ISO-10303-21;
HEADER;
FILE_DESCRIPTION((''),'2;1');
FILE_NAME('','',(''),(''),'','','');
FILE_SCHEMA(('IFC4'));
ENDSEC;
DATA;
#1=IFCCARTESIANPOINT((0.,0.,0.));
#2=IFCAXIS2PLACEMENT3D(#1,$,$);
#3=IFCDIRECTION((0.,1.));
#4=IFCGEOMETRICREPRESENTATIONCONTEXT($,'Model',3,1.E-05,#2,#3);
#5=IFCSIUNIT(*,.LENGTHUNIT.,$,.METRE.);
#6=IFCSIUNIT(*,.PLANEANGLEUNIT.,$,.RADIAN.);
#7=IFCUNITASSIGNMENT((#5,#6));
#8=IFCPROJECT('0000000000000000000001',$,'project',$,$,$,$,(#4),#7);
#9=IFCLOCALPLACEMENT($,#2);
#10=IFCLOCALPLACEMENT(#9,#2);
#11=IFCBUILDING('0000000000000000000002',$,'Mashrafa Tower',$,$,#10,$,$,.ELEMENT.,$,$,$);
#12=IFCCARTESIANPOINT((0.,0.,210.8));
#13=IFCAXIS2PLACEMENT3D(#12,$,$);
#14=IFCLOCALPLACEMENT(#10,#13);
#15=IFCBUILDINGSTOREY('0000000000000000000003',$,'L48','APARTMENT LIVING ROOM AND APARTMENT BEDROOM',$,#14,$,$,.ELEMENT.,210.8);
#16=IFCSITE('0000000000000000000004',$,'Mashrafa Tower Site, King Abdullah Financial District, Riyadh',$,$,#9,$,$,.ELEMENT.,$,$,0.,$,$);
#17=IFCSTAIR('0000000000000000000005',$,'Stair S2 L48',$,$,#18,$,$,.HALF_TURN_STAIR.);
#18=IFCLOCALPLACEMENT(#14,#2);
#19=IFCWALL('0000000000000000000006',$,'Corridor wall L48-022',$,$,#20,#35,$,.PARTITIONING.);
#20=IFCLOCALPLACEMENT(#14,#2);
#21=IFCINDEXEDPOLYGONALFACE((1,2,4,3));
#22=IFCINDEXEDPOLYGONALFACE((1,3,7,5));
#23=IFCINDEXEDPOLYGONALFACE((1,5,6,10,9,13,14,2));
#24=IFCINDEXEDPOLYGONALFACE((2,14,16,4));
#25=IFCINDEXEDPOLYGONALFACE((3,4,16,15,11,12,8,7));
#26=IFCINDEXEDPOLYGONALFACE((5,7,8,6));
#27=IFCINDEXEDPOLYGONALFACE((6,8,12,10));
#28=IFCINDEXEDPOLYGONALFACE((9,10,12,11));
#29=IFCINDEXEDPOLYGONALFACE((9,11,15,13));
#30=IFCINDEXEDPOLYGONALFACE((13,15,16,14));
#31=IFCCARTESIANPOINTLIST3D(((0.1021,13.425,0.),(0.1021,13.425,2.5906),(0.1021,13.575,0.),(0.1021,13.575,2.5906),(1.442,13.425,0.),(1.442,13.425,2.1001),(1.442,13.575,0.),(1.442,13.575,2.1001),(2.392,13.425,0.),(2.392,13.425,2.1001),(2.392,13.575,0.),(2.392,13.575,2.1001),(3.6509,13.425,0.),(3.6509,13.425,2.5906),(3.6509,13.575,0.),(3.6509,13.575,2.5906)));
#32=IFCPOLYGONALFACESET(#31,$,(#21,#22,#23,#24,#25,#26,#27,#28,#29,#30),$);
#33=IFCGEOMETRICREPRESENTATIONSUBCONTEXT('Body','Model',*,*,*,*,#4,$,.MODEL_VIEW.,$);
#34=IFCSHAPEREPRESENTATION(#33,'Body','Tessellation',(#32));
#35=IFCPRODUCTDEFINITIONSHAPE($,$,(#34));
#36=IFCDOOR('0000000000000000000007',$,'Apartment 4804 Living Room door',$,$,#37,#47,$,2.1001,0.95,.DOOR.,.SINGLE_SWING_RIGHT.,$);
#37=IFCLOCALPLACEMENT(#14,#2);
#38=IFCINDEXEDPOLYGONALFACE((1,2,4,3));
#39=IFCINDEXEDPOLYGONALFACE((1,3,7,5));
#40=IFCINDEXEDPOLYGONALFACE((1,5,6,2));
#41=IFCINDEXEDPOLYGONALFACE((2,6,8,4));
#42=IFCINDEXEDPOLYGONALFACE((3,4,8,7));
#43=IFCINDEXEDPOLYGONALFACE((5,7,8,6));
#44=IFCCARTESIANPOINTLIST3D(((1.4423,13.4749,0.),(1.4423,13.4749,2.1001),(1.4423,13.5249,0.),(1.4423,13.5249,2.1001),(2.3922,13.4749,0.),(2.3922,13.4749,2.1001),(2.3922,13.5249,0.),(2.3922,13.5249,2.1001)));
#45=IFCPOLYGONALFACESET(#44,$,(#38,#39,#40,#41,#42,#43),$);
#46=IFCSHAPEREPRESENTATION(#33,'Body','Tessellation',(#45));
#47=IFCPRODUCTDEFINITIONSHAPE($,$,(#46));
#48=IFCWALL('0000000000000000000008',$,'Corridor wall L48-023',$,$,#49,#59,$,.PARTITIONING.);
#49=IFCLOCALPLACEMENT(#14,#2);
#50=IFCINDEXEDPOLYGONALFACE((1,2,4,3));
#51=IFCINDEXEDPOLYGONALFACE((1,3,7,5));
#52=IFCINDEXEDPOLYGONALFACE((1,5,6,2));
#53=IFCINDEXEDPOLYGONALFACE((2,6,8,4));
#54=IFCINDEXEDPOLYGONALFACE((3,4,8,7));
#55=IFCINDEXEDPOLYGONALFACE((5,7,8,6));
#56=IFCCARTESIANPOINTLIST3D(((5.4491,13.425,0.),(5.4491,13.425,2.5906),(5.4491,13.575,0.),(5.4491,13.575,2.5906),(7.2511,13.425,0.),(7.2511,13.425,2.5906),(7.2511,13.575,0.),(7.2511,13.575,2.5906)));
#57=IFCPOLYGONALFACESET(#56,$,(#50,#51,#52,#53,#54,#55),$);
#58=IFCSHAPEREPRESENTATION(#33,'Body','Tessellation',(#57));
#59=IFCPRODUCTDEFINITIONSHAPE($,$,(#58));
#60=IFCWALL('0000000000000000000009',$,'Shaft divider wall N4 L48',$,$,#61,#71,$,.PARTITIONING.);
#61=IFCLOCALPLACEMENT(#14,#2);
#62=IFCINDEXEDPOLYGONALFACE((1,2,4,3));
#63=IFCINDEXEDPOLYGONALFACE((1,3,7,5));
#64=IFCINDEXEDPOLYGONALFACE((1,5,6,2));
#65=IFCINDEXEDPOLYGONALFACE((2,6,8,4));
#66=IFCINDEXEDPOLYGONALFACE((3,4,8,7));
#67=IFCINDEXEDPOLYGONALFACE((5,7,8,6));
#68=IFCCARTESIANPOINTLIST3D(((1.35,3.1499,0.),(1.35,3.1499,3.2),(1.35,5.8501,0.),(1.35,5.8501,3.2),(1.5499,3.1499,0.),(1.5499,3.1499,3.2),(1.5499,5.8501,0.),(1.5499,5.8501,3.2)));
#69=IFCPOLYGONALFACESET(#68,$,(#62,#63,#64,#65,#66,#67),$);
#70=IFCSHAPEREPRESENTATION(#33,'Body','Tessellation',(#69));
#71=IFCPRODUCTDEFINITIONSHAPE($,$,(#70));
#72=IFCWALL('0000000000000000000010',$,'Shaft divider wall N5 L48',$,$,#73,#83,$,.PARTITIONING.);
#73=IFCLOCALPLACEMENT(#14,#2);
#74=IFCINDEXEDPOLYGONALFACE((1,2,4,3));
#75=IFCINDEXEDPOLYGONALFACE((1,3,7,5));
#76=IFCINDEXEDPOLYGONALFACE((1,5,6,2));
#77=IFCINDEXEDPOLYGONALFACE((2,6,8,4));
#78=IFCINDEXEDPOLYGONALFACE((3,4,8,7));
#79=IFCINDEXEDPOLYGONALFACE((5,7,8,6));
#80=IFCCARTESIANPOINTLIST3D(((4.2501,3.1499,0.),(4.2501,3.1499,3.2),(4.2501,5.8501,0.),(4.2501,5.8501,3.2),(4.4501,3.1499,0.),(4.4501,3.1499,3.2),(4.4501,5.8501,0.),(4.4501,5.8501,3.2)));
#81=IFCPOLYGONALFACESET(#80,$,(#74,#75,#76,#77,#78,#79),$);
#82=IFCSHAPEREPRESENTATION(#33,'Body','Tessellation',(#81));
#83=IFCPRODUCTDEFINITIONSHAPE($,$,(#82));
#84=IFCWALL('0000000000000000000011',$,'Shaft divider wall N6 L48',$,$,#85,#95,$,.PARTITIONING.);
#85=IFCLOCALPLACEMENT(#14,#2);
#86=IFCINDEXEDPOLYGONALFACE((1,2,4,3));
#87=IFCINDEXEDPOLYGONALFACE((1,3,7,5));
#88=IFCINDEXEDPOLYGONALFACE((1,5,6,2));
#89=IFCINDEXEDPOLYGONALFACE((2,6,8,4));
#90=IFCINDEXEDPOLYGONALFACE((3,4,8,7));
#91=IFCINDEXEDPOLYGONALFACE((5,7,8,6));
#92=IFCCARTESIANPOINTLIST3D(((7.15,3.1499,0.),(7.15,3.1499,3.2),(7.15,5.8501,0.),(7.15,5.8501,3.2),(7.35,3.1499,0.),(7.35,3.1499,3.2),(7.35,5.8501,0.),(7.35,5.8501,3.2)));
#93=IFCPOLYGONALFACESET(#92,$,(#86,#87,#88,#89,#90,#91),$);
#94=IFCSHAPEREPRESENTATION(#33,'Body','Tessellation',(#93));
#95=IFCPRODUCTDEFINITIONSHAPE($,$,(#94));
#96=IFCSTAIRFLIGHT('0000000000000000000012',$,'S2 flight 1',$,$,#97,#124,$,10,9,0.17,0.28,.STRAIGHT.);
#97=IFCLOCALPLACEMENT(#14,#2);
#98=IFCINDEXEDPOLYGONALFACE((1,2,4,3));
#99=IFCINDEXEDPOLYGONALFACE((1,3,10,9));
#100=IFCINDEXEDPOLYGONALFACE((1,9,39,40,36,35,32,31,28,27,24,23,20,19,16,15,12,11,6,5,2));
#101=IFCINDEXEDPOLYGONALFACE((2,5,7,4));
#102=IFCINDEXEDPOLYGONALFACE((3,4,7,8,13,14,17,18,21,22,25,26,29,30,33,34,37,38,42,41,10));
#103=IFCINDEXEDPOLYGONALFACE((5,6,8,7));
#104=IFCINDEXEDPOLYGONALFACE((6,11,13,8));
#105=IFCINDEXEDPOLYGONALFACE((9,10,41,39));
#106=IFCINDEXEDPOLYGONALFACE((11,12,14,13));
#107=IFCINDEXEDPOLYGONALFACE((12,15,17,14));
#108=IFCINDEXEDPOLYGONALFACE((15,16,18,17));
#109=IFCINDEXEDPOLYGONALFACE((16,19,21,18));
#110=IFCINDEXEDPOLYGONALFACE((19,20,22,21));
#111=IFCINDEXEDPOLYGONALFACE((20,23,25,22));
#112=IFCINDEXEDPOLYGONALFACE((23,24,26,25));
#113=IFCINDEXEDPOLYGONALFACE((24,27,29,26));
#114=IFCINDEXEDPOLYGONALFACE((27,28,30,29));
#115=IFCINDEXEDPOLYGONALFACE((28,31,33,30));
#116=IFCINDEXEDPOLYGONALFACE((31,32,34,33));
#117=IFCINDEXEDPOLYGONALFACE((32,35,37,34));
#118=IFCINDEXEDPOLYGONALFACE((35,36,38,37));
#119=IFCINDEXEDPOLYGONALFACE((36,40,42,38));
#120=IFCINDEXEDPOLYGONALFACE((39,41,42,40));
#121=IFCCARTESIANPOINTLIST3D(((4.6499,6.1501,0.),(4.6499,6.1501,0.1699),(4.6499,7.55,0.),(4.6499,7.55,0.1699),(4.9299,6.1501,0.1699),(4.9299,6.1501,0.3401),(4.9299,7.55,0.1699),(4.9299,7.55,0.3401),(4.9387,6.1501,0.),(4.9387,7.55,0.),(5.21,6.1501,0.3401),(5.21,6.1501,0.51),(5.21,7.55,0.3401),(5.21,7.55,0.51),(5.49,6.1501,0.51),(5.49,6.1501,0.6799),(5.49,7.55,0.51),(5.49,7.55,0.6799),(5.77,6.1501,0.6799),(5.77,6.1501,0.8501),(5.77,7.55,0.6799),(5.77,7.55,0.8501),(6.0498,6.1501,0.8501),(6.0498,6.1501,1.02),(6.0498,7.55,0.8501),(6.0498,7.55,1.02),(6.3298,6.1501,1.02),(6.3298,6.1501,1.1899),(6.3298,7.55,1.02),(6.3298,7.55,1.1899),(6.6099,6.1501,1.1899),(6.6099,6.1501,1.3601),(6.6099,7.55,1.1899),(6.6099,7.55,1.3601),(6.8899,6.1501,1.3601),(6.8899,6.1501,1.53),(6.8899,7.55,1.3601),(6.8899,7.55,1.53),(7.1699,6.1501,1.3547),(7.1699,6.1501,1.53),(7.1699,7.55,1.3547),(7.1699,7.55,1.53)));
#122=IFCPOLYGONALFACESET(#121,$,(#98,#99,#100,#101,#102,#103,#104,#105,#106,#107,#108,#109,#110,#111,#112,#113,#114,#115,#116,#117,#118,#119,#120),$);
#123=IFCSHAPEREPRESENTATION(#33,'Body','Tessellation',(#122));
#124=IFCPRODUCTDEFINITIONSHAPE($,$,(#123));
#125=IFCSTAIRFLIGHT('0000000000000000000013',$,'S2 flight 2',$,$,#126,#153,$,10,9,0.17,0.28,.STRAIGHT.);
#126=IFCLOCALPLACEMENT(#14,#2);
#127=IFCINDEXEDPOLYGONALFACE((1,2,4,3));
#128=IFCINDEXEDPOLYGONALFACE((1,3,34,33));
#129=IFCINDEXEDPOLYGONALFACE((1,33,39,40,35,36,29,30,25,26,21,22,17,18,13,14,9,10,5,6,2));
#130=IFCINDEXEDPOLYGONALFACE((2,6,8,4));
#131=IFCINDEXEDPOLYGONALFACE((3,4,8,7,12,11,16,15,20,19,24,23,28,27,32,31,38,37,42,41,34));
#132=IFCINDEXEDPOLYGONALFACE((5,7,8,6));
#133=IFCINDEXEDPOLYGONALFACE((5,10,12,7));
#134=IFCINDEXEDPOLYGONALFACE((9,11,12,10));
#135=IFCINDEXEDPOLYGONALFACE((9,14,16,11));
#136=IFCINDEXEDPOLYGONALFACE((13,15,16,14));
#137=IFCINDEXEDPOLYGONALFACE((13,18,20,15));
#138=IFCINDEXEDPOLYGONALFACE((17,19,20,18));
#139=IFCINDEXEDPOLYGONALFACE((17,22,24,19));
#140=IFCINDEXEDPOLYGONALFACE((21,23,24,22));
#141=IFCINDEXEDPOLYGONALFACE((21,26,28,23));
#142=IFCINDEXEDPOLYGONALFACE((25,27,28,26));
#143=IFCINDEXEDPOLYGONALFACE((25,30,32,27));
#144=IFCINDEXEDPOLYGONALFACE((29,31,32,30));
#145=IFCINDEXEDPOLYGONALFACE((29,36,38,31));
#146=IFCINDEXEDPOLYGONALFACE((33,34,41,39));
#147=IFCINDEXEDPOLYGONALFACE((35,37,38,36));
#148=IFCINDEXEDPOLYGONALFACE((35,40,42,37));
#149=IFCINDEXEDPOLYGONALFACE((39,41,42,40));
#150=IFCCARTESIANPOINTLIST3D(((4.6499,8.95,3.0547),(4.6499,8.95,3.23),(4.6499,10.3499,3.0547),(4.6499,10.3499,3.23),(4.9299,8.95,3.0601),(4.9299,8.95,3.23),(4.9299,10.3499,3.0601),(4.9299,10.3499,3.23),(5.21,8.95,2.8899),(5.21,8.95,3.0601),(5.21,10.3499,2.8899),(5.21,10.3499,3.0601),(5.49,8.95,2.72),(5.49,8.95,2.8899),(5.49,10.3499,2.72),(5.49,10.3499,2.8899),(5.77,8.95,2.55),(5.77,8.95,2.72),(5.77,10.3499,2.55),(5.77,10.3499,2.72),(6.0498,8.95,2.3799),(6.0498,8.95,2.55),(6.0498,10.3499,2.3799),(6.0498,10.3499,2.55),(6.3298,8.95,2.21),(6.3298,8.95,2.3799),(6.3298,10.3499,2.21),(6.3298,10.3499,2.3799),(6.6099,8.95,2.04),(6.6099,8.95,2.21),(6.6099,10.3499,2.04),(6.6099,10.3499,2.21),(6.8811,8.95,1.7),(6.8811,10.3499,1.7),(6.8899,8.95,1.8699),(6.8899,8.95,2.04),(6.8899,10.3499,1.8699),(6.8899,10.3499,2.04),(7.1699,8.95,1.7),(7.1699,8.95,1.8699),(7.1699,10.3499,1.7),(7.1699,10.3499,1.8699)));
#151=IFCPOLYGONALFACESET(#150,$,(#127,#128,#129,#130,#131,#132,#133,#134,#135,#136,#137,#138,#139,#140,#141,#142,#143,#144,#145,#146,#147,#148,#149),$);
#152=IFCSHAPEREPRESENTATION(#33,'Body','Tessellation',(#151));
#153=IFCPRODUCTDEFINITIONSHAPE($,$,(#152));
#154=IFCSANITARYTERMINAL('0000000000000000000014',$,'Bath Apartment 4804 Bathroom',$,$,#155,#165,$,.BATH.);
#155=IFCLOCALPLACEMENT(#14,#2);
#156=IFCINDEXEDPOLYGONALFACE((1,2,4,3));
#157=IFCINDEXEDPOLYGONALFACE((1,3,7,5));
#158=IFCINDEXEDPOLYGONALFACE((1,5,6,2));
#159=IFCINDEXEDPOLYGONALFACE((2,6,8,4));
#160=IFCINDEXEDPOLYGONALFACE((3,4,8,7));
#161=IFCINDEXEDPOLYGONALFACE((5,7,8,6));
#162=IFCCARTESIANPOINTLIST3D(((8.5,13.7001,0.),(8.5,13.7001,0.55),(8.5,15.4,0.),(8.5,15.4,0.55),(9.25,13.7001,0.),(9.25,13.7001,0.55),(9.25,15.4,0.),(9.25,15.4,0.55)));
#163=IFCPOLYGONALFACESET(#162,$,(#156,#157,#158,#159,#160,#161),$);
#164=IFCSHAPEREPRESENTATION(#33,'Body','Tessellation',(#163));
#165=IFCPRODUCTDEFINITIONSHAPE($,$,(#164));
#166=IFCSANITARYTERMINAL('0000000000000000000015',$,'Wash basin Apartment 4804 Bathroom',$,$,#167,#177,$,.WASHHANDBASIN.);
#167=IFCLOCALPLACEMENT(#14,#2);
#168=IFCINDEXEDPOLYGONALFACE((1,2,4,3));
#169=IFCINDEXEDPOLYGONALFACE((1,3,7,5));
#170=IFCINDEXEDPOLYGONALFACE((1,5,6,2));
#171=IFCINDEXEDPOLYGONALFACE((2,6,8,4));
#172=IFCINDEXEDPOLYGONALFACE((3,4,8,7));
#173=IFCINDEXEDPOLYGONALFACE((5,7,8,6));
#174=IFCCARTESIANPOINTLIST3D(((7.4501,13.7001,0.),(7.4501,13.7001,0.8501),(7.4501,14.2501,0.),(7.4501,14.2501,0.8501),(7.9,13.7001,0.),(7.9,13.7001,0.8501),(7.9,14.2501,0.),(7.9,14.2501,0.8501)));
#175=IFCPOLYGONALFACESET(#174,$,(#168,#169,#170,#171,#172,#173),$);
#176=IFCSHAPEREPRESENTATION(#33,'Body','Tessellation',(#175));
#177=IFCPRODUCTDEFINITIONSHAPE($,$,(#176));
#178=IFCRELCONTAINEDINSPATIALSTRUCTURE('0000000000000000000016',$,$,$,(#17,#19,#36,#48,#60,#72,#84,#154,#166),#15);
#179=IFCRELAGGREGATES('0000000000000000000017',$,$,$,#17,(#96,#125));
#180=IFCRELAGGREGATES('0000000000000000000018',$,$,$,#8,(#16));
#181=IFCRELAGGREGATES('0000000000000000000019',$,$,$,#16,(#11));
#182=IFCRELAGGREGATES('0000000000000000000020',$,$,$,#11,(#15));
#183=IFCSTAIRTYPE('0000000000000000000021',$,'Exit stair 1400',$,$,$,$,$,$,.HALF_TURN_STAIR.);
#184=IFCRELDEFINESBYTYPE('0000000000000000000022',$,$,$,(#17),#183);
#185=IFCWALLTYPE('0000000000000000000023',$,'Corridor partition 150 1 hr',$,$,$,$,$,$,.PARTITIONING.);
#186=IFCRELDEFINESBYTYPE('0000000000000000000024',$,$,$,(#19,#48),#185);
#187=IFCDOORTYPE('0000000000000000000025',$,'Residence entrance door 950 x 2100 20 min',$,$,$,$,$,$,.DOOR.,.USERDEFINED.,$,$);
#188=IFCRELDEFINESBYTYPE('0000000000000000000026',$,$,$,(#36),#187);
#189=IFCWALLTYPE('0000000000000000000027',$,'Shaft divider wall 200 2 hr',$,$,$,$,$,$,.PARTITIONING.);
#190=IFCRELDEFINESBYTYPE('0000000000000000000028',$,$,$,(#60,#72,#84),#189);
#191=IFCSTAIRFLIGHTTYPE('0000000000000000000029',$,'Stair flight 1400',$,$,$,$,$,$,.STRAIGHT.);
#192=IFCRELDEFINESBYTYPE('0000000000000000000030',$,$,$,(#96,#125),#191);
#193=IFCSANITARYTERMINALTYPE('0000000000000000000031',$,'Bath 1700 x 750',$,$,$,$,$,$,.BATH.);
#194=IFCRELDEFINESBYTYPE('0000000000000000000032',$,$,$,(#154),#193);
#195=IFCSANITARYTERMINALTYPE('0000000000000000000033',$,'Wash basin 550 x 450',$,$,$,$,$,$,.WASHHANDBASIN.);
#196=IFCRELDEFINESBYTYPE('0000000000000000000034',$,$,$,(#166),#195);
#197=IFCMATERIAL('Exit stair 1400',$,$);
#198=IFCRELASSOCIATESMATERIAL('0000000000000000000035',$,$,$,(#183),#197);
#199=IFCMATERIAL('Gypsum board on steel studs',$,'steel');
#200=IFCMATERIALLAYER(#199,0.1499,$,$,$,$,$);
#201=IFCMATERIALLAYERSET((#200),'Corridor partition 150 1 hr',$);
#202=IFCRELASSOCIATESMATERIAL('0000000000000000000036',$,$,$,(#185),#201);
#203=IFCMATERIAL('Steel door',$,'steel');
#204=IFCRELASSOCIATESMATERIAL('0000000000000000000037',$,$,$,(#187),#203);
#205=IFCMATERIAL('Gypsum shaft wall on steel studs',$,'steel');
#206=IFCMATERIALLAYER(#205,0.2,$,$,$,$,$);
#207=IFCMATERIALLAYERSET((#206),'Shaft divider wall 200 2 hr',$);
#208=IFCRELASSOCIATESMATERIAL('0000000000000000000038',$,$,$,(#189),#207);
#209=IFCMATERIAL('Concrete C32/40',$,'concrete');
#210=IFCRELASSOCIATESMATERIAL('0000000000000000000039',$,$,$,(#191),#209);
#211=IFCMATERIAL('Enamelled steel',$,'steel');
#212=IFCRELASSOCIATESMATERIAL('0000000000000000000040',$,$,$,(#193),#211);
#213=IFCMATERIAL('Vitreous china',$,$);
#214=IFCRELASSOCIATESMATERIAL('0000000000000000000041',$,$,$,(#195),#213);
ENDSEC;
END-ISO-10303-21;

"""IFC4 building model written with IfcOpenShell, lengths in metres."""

from ifc_helpers import new_model, si_unit, direction, frame, frame_2d, origin, origin_2d, place, context, subcontext, project, spatial, polyline, rectangle, outline, extrude, material, layer, layer_set, type_object, element, fill, aggregate, save


model = new_model("IFC4")

# Units and contexts
model_context = context("Model", 3, precision=1e-05, world=origin(), true_north=direction((0.0, 1.0)))
body_context = subcontext(model_context, "Body", "Model", "MODEL_VIEW")
ifc_project = project(units=[si_unit("LENGTHUNIT", "METRE"), si_unit("PLANEANGLEUNIT", "RADIAN")], contexts=[model_context])

# Site, building, storey
site_placement = place(None, origin())
site = spatial("IfcSite", under=ifc_project, at=site_placement, Name="Mashrafa Tower Site, King Abdullah Financial District, Riyadh", CompositionType="ELEMENT", RefElevation=0.0)
building_placement = place(site_placement, origin())
building = spatial("IfcBuilding", under=site, at=building_placement, Name="Mashrafa Tower", CompositionType="ELEMENT")
storey_placement = place(building_placement, frame((0.0, 0.0, 210.8)))
storey = spatial("IfcBuildingStorey", under=building, at=storey_placement, Name="L48", Description="APARTMENT LIVING ROOM AND APARTMENT BEDROOM", CompositionType="ELEMENT", Elevation=210.8)

# Shared definitions
ifc_material_1 = material(Name="Exit stair 1400")
stair_type = type_object("IfcStairType", Name="Exit stair 1400", PredefinedType="HALF_TURN_STAIR", material=ifc_material_1)

# Stair
stair_1_placement = place(storey_placement, origin())
stair_1 = element("IfcStair", 1, at=stair_1_placement, inside=storey, type_object=stair_type, Name="Stair S2 L48", PredefinedType="HALF_TURN_STAIR")

# Shared definitions
ifc_material_2 = material(Name="Gypsum board on steel studs", Category="steel")
ifc_layer_1 = layer(ifc_material_2, 0.1499)
ifc_layer_set_1 = layer_set([ifc_layer_1], Name="Corridor partition 150 1 hr")
wall_type_1 = type_object("IfcWallType", Name="Corridor partition 150 1 hr", PredefinedType="PARTITIONING", material=ifc_layer_set_1)

# Wall, opening, door
wall_1_placement = place(storey_placement, frame((3.6509, 13.5, 0.0), z_axis=(0.0, 0.0, 1.0), x_axis=(-1.0, 0.0, 0.0)))
wall_1 = element("IfcWall", 2, at=wall_1_placement, inside=storey, type_object=wall_type_1, Name="Corridor wall L48-022", PredefinedType="PARTITIONING", context=body_context, shape_type="SweptSolid", body=[
    extrude(rectangle(XDim=3.5488, YDim=0.1499, at=frame_2d((1.7744, 0.0))), origin(), (0.0, 0.0, 1.0), 2.5906),
])
opening_1_placement = place(wall_1_placement, frame((1.2588, 0.0, 0.0)))
opening_1 = element("IfcOpeningElement", 3, at=opening_1_placement, cuts=wall_1, PredefinedType="OPENING", context=body_context, shape_type="SweptSolid", body=[
    extrude(rectangle(XDim=0.95, YDim=2.1001, at=frame_2d((0.4751, 1.05))), frame((0.0, 0.085, 0.0), z_axis=(0.0, -1.0, 0.0), x_axis=(1.0, 0.0, 0.0)), (0.0, 0.0, 1.0), 0.1699),
])
ifc_material_3 = material(Name="Steel door", Category="steel")
door_type_1 = type_object("IfcDoorType", Name="Residence entrance door 950 x 2100 20 min", OperationType="USERDEFINED", PredefinedType="DOOR", material=ifc_material_3)
door_1_placement = place(opening_1_placement, frame((0.95, 0.0, 0.0), z_axis=(0.0, 0.0, 1.0), x_axis=(-1.0, 0.0, 0.0)))
door_1 = element("IfcDoor", 4, at=door_1_placement, inside=storey, type_object=door_type_1, Name="Apartment 4804 Living Room door", OperationType="SINGLE_SWING_RIGHT", OverallHeight=2.1001, OverallWidth=0.95, PredefinedType="DOOR", context=body_context, shape_type="SweptSolid", body=[
    extrude(rectangle(XDim=0.95, YDim=2.1001, at=frame_2d((0.4751, 1.05))), frame((0.0, 0.0249, 0.0), z_axis=(0.0, -1.0, 0.0), x_axis=(1.0, 0.0, 0.0)), (0.0, 0.0, 1.0), 0.05),
])
fill(opening_1, door_1)

# Walls
wall_2_placement = place(storey_placement, frame((7.251, 13.5, 0.0), z_axis=(0.0, 0.0, 1.0), x_axis=(-1.0, 0.0, 0.0)))
element("IfcWall", 5, at=wall_2_placement, inside=storey, type_object=wall_type_1, Name="Corridor wall L48-023", PredefinedType="PARTITIONING", context=body_context, shape_type="SweptSolid", body=[
    extrude(rectangle(XDim=1.802, YDim=0.1499, at=frame_2d((0.9009, 0.0))), origin(), (0.0, 0.0, 1.0), 2.5906),
])
ifc_material_4 = material(Name="Gypsum shaft wall on steel studs", Category="steel")
ifc_layer_2 = layer(ifc_material_4, 0.2)
ifc_layer_set_2 = layer_set([ifc_layer_2], Name="Shaft divider wall 200 2 hr")
wall_type_2 = type_object("IfcWallType", Name="Shaft divider wall 200 2 hr", PredefinedType="PARTITIONING", material=ifc_layer_set_2)
for number, where, z_axis, x_axis, name in (
    (6, (1.45, 3.1499, 0.0), (0.0, 0.0, 1.0), (0.0, 1.0, 0.0), "Shaft divider wall N4 L48"),
    (7, (4.3501, 3.1499, 0.0), (0.0, 0.0, 1.0), (0.0, 1.0, 0.0), "Shaft divider wall N5 L48"),
    (8, (7.25, 3.1499, 0.0), (0.0, 0.0, 1.0), (0.0, 1.0, 0.0), "Shaft divider wall N6 L48"),
):
    element("IfcWall", number, at=place(storey_placement, frame(where, z_axis=z_axis, x_axis=x_axis)), inside=storey, type_object=wall_type_2, Name=name, PredefinedType="PARTITIONING", context=body_context, shape_type="SweptSolid", body=[
        extrude(rectangle(XDim=2.7002, YDim=0.2, at=frame_2d((1.3501, 0.0))), origin(), (0.0, 0.0, 1.0), 3.2),
    ])

# Stair flights
ifc_material_5 = material(Name="Concrete C32/40", Category="concrete")
stair_flight_type = type_object("IfcStairFlightType", Name="Stair flight 1400", PredefinedType="STRAIGHT", material=ifc_material_5)
stair_flight_1_placement = place(storey_placement, frame((4.6499, 6.8501, 0.0), z_axis=(0.0, 0.0, 1.0), x_axis=(1.0, 0.0, 0.0)))
stair_flight_1 = element("IfcStairFlight", 9, at=stair_flight_1_placement, type_object=stair_flight_type, Name="S2 flight 1", NumberOfRisers=10, NumberOfTreads=9, PredefinedType="STRAIGHT", RiserHeight=0.17, TreadLength=0.28, context=body_context, shape_type="SweptSolid", body=[
    extrude(outline(polyline([(0.0, 0.0), (0.0, 0.1699), (0.28, 0.1699), (0.28, 0.3401), (0.5601, 0.3401), (0.5601, 0.51), (0.8401, 0.51), (0.8401, 0.6799), (1.1201, 0.6799), (1.1201, 0.8501), (1.3999, 0.8501), (1.3999, 1.02), (1.6799, 1.02), (1.6799, 1.1899), (1.96, 1.1899), (1.96, 1.3601), (2.24, 1.3601), (2.24, 1.53), (2.52, 1.53), (2.52, 1.7), (2.52, 1.3547), (0.2888, 0.0), (0.0, 0.0)])), frame((0.0, 0.7, 0.0), z_axis=(0.0, -1.0, 0.0), x_axis=(1.0, 0.0, 0.0)), (0.0, 0.0, 1.0), 1.3999),
])
stair_flight_2_placement = place(storey_placement, frame((7.1699, 9.6499, 1.7), z_axis=(0.0, 0.0, 1.0), x_axis=(-1.0, 0.0, 0.0)))
stair_flight_2 = element("IfcStairFlight", 10, at=stair_flight_2_placement, type_object=stair_flight_type, Name="S2 flight 2", NumberOfRisers=10, NumberOfTreads=9, PredefinedType="STRAIGHT", RiserHeight=0.17, TreadLength=0.28, context=body_context, shape_type="SweptSolid", body=[
    extrude(outline(polyline([(0.0, 0.0), (0.0, 0.1699), (0.28, 0.1699), (0.28, 0.3401), (0.5601, 0.3401), (0.5601, 0.51), (0.8401, 0.51), (0.8401, 0.6799), (1.1201, 0.6799), (1.1201, 0.8501), (1.3999, 0.8501), (1.3999, 1.02), (1.6799, 1.02), (1.6799, 1.1899), (1.96, 1.1899), (1.96, 1.3601), (2.24, 1.3601), (2.24, 1.53), (2.52, 1.53), (2.52, 1.7), (2.52, 1.3547), (0.2888, 0.0), (0.0, 0.0)])), frame((0.0, 0.7, 0.0), z_axis=(0.0, -1.0, 0.0), x_axis=(1.0, 0.0, 0.0)), (0.0, 0.0, 1.0), 1.3999),
])
aggregate(stair_1, [stair_flight_1, stair_flight_2])

# Sanitary terminals
ifc_material_6 = material(Name="Enamelled steel", Category="steel")
sanitary_terminal_type_1 = type_object("IfcSanitaryTerminalType", Name="Bath 1700 x 750", PredefinedType="BATH", material=ifc_material_6)
sanitary_terminal_1_placement = place(storey_placement, frame((8.875, 14.55, 0.0), z_axis=(0.0, 0.0, 1.0), x_axis=(0.0, 1.0, 0.0)))
element("IfcSanitaryTerminal", 11, at=sanitary_terminal_1_placement, inside=storey, type_object=sanitary_terminal_type_1, Name="Bath Apartment 4804 Bathroom", PredefinedType="BATH", context=body_context, shape_type="SweptSolid", body=[
    extrude(rectangle(XDim=1.7, YDim=0.75, at=origin_2d()), origin(), (0.0, 0.0, 1.0), 0.55),
])
ifc_material_7 = material(Name="Vitreous china")
sanitary_terminal_type_2 = type_object("IfcSanitaryTerminalType", Name="Wash basin 550 x 450", PredefinedType="WASHHANDBASIN", material=ifc_material_7)
sanitary_terminal_2_placement = place(storey_placement, frame((7.675, 13.9751, 0.0), z_axis=(0.0, 0.0, 1.0), x_axis=(0.0, -1.0, 0.0)))
element("IfcSanitaryTerminal", 12, at=sanitary_terminal_2_placement, inside=storey, type_object=sanitary_terminal_type_2, Name="Wash basin Apartment 4804 Bathroom", PredefinedType="WASHHANDBASIN", context=body_context, shape_type="SweptSolid", body=[
    extrude(rectangle(XDim=0.55, YDim=0.45, at=origin_2d()), origin(), (0.0, 0.0, 1.0), 0.8501),
])

save(model, "model.ifc")
